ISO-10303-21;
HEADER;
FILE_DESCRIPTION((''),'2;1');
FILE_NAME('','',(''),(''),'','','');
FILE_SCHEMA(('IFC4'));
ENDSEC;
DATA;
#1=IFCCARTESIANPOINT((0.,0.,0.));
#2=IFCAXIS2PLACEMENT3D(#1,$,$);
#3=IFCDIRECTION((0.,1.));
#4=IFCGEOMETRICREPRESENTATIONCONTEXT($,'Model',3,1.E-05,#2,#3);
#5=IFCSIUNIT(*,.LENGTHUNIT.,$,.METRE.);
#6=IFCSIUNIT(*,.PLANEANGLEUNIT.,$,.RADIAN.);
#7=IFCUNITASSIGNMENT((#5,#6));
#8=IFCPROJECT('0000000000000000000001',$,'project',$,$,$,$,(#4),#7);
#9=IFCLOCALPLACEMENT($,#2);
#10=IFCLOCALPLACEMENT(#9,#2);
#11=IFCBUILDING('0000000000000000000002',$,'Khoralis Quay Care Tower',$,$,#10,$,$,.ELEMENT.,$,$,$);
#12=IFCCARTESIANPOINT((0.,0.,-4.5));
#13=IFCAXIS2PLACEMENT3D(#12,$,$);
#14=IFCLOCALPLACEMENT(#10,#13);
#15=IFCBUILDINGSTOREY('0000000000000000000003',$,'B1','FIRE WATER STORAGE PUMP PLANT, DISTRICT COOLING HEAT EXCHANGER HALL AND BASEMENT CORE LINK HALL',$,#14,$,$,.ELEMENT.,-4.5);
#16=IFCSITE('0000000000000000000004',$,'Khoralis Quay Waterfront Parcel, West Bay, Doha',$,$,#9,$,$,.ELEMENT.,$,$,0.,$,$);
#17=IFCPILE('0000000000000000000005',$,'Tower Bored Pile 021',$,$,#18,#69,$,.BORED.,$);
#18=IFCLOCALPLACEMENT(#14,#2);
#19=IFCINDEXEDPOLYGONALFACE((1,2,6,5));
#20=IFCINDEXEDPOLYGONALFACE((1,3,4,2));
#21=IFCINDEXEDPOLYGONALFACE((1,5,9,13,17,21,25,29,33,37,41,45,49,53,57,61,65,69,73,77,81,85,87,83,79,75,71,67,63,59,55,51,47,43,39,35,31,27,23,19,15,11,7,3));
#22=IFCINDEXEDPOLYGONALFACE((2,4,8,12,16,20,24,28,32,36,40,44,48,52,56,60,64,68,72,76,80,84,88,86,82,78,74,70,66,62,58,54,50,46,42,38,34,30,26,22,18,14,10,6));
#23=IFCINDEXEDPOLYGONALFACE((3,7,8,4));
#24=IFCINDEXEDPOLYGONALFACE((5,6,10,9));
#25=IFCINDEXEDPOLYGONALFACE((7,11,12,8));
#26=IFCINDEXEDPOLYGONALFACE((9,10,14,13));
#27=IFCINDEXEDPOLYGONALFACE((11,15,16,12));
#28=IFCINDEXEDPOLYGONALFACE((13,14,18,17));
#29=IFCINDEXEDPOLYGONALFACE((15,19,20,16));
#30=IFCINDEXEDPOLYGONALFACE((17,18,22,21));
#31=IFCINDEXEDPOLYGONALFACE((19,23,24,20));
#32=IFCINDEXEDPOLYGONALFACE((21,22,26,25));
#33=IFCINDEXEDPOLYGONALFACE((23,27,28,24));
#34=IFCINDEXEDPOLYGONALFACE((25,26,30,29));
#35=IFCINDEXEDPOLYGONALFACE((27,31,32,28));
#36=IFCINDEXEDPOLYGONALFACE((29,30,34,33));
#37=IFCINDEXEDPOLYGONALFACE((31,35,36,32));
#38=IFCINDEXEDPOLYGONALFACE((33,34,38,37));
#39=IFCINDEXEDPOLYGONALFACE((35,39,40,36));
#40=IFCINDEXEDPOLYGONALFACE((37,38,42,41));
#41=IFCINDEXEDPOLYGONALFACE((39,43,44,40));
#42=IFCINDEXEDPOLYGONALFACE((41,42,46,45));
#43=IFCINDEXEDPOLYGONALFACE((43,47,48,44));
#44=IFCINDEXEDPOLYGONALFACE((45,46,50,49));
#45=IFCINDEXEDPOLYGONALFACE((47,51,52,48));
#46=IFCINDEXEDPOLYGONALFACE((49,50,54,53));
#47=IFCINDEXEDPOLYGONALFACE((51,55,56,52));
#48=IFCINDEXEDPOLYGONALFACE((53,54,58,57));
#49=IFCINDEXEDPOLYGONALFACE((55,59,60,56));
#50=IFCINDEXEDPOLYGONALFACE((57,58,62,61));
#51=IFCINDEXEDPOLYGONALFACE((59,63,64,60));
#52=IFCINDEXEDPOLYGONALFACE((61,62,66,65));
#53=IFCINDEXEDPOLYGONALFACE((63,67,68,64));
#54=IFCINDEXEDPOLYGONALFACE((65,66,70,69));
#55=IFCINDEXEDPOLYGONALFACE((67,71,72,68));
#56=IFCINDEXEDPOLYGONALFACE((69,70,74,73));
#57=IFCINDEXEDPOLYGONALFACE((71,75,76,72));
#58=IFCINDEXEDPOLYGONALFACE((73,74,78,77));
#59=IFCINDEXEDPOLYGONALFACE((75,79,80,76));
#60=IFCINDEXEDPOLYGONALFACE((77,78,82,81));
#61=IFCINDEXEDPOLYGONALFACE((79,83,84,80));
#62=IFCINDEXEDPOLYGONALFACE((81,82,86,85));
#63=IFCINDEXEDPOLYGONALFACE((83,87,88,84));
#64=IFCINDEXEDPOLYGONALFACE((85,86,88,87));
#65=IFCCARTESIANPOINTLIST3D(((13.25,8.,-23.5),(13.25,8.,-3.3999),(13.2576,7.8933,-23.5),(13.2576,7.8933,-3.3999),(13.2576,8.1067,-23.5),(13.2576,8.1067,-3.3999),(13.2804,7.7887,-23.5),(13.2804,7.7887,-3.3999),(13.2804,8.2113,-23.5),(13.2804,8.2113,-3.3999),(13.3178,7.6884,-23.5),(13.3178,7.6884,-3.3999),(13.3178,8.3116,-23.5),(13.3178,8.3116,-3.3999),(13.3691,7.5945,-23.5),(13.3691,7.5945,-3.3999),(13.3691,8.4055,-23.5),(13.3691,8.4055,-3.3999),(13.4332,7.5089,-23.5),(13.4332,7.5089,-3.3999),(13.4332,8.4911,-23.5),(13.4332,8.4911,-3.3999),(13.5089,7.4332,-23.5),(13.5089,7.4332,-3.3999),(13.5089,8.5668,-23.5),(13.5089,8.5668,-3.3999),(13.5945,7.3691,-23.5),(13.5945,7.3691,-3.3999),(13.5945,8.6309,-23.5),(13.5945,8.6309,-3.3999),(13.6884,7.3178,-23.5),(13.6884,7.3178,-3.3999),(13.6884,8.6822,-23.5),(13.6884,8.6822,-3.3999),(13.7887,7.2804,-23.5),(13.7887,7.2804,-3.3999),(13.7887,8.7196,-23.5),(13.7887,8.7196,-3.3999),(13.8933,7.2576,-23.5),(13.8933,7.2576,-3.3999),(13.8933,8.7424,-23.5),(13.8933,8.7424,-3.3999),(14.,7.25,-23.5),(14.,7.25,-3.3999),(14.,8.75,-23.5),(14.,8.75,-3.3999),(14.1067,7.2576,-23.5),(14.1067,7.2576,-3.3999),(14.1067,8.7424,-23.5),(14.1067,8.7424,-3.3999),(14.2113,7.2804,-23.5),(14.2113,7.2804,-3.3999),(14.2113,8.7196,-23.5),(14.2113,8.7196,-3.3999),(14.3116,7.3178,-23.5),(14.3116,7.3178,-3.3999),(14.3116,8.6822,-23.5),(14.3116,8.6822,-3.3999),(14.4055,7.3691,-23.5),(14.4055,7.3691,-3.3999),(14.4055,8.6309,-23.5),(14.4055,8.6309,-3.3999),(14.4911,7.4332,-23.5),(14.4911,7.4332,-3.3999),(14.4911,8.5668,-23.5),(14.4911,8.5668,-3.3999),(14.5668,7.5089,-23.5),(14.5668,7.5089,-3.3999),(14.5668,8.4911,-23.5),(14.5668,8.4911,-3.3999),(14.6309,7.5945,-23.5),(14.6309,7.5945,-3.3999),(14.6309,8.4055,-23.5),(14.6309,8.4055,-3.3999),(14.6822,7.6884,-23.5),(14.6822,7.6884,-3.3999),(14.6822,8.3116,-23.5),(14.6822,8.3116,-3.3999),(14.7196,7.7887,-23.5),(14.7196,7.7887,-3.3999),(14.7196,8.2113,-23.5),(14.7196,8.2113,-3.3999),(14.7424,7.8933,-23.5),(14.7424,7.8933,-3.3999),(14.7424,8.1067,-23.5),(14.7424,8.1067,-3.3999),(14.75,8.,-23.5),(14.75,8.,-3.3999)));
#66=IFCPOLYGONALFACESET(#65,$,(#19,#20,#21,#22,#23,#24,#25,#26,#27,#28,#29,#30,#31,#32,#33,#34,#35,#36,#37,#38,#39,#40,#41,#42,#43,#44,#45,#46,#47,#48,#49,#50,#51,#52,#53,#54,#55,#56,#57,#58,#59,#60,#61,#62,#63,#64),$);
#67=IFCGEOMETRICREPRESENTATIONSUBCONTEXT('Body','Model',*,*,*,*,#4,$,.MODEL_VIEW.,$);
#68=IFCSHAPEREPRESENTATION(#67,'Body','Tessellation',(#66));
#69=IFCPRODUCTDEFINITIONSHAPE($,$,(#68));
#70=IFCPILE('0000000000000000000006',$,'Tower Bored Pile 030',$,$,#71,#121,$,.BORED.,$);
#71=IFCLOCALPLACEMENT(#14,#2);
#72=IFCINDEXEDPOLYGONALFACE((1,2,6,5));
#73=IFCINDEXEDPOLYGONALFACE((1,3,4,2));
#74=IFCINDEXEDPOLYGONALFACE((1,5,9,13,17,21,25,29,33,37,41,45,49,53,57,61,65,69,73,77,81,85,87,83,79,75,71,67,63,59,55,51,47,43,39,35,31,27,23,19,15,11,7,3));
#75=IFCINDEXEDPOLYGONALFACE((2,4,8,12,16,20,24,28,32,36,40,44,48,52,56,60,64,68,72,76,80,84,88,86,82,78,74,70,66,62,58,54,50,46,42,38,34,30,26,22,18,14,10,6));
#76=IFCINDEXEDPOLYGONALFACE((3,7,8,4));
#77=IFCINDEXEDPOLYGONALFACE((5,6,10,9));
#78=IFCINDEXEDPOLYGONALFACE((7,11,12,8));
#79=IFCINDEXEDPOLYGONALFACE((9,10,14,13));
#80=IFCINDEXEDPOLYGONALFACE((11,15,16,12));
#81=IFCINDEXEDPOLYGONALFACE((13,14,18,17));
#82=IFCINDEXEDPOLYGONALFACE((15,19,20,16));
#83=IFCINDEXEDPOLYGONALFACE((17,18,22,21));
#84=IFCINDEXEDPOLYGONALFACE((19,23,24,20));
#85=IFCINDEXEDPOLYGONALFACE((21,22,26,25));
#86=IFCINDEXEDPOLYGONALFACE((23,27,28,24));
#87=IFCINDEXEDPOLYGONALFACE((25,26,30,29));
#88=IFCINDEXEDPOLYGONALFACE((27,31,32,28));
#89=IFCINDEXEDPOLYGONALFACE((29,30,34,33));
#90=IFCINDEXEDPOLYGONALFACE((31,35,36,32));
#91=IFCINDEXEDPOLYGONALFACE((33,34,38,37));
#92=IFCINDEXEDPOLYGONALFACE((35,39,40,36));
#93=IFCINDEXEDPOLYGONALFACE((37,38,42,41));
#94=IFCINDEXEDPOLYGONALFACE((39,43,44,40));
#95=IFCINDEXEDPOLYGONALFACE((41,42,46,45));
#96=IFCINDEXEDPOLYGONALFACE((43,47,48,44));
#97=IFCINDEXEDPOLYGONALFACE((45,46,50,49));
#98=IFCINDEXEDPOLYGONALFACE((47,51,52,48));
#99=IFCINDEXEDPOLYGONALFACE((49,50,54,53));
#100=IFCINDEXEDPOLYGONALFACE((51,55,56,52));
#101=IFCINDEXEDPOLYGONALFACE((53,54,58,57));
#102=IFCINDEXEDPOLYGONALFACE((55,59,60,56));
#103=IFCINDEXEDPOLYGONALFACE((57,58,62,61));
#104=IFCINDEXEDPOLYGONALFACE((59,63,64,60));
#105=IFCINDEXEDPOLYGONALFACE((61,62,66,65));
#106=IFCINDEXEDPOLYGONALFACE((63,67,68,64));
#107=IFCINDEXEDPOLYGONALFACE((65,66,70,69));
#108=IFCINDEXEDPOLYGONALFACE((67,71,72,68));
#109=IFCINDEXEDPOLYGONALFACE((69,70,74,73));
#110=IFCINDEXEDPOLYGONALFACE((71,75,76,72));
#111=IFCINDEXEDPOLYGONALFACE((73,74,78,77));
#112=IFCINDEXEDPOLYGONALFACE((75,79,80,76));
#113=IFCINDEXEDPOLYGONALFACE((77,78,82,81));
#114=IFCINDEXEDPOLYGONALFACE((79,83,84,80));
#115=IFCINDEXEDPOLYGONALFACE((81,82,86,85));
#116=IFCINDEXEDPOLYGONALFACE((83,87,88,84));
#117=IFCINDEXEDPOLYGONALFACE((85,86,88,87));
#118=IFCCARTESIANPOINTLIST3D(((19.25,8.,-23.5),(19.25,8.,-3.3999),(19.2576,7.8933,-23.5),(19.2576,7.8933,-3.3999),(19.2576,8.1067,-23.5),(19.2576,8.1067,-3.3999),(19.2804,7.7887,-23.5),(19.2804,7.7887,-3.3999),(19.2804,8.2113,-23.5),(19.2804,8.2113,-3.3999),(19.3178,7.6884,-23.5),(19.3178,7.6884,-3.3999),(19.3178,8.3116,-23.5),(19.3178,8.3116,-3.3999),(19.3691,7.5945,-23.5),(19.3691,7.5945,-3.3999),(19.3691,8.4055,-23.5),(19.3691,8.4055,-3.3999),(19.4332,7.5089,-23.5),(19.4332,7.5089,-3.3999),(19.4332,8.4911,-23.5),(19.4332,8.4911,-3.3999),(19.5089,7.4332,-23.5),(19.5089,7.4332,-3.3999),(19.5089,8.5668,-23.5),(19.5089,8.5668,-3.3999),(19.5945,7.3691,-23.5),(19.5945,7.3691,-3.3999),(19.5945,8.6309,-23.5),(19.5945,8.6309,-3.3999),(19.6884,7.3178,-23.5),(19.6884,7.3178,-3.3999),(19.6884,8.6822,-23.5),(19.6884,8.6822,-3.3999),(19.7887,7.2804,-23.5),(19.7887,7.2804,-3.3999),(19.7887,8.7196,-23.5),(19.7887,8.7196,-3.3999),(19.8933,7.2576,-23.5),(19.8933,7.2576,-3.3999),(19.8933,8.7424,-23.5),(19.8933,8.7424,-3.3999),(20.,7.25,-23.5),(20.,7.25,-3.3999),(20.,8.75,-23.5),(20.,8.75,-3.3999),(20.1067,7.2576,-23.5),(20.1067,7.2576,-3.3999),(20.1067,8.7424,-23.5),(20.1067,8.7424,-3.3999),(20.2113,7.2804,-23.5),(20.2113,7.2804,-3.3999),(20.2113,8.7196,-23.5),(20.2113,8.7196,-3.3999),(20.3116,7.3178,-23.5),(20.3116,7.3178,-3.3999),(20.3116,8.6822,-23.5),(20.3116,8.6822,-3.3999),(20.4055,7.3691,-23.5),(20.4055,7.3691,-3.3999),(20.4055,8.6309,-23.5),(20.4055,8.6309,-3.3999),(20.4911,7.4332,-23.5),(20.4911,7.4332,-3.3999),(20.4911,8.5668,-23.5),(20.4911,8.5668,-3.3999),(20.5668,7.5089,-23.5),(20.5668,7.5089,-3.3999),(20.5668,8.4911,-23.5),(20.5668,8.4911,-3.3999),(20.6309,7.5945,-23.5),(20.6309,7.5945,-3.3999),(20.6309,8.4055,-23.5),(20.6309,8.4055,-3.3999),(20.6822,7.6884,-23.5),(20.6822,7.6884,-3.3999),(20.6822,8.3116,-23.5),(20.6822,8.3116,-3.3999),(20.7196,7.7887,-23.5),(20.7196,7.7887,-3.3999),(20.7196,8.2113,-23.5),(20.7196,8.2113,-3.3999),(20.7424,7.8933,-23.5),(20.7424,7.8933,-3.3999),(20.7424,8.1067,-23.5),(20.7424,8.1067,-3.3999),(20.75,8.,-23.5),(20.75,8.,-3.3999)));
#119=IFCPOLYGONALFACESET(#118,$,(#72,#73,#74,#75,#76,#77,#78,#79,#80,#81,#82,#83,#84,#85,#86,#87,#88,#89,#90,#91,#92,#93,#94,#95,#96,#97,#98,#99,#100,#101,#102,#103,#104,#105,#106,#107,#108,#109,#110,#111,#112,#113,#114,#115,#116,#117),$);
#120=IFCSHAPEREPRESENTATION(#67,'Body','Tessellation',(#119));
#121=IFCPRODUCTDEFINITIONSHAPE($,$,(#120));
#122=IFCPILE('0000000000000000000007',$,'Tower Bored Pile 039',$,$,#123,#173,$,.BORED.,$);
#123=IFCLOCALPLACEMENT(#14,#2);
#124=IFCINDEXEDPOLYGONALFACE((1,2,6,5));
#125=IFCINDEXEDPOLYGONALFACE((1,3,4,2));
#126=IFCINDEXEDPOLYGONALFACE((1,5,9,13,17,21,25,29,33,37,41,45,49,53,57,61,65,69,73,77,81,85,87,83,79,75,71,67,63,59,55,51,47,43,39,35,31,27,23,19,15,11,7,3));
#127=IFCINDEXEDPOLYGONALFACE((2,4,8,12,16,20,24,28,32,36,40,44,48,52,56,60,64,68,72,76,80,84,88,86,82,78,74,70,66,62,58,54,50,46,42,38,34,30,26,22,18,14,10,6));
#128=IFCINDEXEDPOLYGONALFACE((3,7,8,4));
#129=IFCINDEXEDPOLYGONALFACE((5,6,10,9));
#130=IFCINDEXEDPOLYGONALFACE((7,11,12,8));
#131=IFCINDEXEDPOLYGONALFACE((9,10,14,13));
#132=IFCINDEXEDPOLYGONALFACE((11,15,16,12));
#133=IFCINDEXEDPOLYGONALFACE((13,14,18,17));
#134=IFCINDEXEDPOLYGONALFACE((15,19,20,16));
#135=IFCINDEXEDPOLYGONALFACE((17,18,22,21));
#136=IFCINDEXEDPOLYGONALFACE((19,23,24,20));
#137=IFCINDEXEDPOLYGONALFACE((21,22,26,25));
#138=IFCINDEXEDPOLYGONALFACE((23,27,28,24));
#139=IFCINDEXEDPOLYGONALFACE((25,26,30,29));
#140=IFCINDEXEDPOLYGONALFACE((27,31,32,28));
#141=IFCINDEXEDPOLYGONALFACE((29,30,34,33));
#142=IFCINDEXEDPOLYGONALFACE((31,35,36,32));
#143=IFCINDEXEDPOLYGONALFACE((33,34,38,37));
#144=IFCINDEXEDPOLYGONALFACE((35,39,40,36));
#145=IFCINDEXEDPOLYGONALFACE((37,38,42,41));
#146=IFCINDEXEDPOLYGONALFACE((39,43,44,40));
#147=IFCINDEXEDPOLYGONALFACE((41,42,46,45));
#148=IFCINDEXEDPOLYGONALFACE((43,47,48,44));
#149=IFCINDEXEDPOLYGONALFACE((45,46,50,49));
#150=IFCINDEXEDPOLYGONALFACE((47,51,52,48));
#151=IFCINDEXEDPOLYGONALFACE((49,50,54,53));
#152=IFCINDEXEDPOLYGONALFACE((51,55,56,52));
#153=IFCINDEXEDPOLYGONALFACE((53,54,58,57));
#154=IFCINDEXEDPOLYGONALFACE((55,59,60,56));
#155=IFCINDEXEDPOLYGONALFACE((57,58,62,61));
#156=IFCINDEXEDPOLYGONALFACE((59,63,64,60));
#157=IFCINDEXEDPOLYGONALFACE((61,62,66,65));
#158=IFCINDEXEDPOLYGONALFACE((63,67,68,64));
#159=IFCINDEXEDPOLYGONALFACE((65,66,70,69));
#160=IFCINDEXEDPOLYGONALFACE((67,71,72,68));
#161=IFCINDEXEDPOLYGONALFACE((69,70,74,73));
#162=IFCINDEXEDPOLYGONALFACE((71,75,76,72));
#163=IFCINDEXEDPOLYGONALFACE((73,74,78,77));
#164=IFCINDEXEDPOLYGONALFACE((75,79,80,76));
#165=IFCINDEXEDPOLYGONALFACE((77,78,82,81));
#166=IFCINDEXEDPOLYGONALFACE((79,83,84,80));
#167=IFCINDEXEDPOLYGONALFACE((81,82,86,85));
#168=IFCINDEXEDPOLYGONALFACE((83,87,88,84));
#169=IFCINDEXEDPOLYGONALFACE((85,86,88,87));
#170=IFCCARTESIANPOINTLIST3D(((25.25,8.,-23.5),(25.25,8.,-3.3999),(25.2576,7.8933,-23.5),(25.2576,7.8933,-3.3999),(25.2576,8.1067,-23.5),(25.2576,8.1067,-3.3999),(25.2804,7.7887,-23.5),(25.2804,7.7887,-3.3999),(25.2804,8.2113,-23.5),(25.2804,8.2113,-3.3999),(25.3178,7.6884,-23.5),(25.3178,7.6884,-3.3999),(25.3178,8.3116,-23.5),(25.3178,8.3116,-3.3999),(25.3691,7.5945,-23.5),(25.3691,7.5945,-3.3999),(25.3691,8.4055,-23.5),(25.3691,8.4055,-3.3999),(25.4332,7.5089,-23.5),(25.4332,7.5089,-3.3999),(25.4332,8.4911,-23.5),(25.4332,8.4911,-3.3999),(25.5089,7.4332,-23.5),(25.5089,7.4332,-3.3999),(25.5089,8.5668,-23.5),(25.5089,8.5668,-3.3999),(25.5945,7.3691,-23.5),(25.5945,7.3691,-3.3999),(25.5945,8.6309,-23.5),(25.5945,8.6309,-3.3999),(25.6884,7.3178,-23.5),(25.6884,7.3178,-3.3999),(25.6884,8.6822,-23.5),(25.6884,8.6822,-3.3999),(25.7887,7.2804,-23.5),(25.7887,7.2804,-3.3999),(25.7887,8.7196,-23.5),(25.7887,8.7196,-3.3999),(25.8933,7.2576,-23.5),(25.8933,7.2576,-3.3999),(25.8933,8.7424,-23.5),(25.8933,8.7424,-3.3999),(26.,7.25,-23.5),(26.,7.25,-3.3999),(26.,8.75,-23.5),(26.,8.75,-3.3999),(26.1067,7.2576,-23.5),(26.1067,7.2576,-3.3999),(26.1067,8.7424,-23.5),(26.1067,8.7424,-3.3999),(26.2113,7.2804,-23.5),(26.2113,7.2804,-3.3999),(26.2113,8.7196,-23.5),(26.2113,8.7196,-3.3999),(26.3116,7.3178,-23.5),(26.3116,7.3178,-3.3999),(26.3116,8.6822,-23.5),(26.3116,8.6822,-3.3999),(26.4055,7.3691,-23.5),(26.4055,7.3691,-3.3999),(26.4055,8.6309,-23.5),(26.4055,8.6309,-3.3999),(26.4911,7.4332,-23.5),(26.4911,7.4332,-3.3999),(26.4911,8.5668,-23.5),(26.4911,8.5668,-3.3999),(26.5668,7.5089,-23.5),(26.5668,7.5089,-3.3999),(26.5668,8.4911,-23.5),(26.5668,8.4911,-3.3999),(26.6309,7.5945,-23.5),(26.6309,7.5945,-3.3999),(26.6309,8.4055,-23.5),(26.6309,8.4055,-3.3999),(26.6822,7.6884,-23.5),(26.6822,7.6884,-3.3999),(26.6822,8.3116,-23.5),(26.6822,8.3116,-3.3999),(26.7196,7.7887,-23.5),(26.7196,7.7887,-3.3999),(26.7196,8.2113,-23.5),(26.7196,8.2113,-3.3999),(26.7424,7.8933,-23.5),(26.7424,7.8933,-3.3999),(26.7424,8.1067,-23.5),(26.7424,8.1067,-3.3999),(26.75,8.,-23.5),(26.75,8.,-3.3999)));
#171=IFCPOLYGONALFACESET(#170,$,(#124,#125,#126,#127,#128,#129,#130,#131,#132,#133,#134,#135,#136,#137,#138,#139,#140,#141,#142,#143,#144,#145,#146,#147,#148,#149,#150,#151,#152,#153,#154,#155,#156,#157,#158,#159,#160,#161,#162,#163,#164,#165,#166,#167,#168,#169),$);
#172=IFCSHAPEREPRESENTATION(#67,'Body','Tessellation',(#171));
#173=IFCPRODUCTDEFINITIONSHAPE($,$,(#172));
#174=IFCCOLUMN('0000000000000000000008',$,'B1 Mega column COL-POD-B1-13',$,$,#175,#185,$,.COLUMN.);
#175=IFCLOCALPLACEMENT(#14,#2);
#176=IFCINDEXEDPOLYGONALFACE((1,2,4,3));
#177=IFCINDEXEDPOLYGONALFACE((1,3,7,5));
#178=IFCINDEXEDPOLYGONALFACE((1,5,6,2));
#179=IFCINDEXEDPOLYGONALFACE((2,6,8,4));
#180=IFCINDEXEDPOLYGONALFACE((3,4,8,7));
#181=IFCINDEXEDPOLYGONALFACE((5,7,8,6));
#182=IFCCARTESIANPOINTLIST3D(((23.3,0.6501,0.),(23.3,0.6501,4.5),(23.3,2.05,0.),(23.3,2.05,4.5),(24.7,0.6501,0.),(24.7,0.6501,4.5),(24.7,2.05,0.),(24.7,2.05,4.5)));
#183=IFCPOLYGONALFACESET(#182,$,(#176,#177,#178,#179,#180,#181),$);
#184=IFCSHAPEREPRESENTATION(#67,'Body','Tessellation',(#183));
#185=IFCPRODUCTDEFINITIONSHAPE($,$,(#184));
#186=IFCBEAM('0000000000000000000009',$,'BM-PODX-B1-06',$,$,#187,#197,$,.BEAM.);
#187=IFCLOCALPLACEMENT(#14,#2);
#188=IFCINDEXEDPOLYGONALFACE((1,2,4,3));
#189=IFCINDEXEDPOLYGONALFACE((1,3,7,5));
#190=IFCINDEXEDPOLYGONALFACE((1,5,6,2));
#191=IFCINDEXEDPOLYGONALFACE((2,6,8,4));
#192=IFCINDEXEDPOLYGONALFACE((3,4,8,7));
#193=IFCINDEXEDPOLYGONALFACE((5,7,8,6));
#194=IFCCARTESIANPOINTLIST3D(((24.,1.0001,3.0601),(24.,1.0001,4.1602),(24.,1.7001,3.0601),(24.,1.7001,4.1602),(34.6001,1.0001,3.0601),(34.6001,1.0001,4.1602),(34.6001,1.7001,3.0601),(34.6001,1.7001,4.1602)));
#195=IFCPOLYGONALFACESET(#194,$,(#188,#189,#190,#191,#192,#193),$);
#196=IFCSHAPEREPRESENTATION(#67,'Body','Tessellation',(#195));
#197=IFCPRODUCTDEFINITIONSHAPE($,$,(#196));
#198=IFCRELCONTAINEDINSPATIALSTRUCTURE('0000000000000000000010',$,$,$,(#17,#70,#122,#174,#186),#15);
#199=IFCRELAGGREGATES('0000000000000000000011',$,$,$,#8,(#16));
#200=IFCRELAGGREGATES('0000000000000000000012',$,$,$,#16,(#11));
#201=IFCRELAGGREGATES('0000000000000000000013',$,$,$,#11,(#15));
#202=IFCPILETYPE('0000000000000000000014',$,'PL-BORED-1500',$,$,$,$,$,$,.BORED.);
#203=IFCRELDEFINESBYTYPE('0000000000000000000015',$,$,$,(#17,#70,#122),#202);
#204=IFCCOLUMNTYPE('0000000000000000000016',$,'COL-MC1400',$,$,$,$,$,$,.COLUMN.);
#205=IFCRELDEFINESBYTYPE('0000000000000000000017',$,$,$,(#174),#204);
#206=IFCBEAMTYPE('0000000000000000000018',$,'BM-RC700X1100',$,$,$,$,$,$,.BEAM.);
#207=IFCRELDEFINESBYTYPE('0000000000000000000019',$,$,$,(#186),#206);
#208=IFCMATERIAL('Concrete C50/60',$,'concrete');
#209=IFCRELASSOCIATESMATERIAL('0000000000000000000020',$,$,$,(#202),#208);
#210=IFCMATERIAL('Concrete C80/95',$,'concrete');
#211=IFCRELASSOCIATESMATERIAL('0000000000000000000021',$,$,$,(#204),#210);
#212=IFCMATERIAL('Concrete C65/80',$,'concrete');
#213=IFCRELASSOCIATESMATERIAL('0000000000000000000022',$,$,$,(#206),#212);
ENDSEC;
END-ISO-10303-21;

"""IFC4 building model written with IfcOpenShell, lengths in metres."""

from ifc_helpers import new_model, si_unit, direction, frame, origin, origin_2d, place, context, subcontext, project, spatial, rectangle, circle, extrude, source, transform, mapped, material, material_profile, profile_set, type_object, element, save


model = new_model("IFC4")

# Units and contexts
model_context = context("Model", 3, precision=1e-05, world=origin(), true_north=direction((0.0, 1.0)))
body_context = subcontext(model_context, "Body", "Model", "MODEL_VIEW")
ifc_project = project(units=[si_unit("LENGTHUNIT", "METRE"), si_unit("PLANEANGLEUNIT", "RADIAN")], contexts=[model_context])

# Site, building, storey
site_placement = place(None, origin())
site = spatial("IfcSite", under=ifc_project, at=site_placement, Name="Khoralis Quay Waterfront Parcel, West Bay, Doha", CompositionType="ELEMENT", RefElevation=0.0)
building_placement = place(site_placement, origin())
building = spatial("IfcBuilding", under=site, at=building_placement, Name="Khoralis Quay Care Tower", CompositionType="ELEMENT")
storey_placement = place(building_placement, frame((0.0, 0.0, -4.5)))
storey = spatial("IfcBuildingStorey", under=building, at=storey_placement, Name="B1", Description="FIRE WATER STORAGE PUMP PLANT, DISTRICT COOLING HEAT EXCHANGER HALL AND BASEMENT CORE LINK HALL", CompositionType="ELEMENT", Elevation=-4.5)

# Piles
ifc_material_1 = material(Name="Concrete C50/60", Category="concrete")
ifc_material_profile_1 = material_profile(ifc_material_1, circle(Radius=0.75, at=origin_2d()), Name="Concrete C50/60")
ifc_profile_set_1 = profile_set([ifc_material_profile_1], Name="Concrete C50/60")
pile_type_1 = type_object("IfcPileType", Name="PL-BORED-1500", PredefinedType="BORED", material=ifc_profile_set_1)
shared_shape_1 = source(origin(), body_context, "Body", "SweptSolid", [
    extrude(circle(Radius=0.75, at=origin_2d()), origin(), (0.0, 0.0, 1.0), 20.1001),
])
for number, where, z_axis, x_axis, name in (
    (1, (14.0, 8.0, -3.3999), (0.0, 0.0, -1.0), (1.0, 0.0, 0.0), "Tower Bored Pile 021"),
    (2, (20.0, 8.0, -3.3999), (0.0, 0.0, -1.0), (1.0, 0.0, 0.0), "Tower Bored Pile 030"),
    (3, (26.0, 8.0, -3.3999), (0.0, 0.0, -1.0), (1.0, 0.0, 0.0), "Tower Bored Pile 039"),
):
    element("IfcPile", number, at=place(storey_placement, frame(where, z_axis=z_axis, x_axis=x_axis)), inside=storey, type_object=pile_type_1, Name=name, PredefinedType="BORED", context=body_context, shape_type="MappedRepresentation", body=[
        mapped(shared_shape_1, transform((0.0, 0.0, 0.0), scale=1.0)),
    ])

# Column
ifc_material_2 = material(Name="Concrete C80/95", Category="concrete")
ifc_material_profile_2 = material_profile(ifc_material_2, rectangle(XDim=1.3999, YDim=1.3999, at=origin_2d()), Name="Concrete C80/95")
ifc_profile_set_2 = profile_set([ifc_material_profile_2], Name="Concrete C80/95")
column_type = type_object("IfcColumnType", Name="COL-MC1400", PredefinedType="COLUMN", material=ifc_profile_set_2)
shared_shape_2 = source(origin(), body_context, "Body", "SweptSolid", [
    extrude(rectangle(XDim=1.3999, YDim=1.3999, at=origin_2d()), origin(), (0.0, 0.0, 1.0), 4.5),
])
column_placement = place(storey_placement, frame((24.0, 1.3501, 0.0), z_axis=(0.0, 0.0, 1.0), x_axis=(1.0, 0.0, 0.0)))
element("IfcColumn", 4, at=column_placement, inside=storey, type_object=column_type, Name="B1 Mega column COL-POD-B1-13", PredefinedType="COLUMN", context=body_context, shape_type="MappedRepresentation", body=[
    mapped(shared_shape_2, transform((0.0, 0.0, 0.0), scale=1.0)),
])

# Beam
ifc_material_3 = material(Name="Concrete C65/80", Category="concrete")
ifc_material_profile_3 = material_profile(ifc_material_3, rectangle(XDim=0.7, YDim=1.1001, at=origin_2d()), Name="Concrete C65/80")
ifc_profile_set_3 = profile_set([ifc_material_profile_3], Name="Concrete C65/80")
beam_type_1 = type_object("IfcBeamType", Name="BM-RC700X1100", PredefinedType="BEAM", material=ifc_profile_set_3)
shared_shape_3 = source(origin(), body_context, "Body", "SweptSolid", [
    extrude(rectangle(XDim=0.7, YDim=1.1001, at=origin_2d()), origin(), (0.0, 0.0, 1.0), 10.6001),
])
beam_1_placement = place(storey_placement, frame((24.0, 1.3501, 3.6101), z_axis=(1.0, 0.0, 0.0), x_axis=(0.0, 1.0, 0.0)))
element("IfcBeam", 5, at=beam_1_placement, inside=storey, type_object=beam_type_1, Name="BM-PODX-B1-06", PredefinedType="BEAM", context=body_context, shape_type="MappedRepresentation", body=[
    mapped(shared_shape_3, transform((0.0, 0.0, 0.0), scale=1.0)),
])

save(model, "model.ifc")
